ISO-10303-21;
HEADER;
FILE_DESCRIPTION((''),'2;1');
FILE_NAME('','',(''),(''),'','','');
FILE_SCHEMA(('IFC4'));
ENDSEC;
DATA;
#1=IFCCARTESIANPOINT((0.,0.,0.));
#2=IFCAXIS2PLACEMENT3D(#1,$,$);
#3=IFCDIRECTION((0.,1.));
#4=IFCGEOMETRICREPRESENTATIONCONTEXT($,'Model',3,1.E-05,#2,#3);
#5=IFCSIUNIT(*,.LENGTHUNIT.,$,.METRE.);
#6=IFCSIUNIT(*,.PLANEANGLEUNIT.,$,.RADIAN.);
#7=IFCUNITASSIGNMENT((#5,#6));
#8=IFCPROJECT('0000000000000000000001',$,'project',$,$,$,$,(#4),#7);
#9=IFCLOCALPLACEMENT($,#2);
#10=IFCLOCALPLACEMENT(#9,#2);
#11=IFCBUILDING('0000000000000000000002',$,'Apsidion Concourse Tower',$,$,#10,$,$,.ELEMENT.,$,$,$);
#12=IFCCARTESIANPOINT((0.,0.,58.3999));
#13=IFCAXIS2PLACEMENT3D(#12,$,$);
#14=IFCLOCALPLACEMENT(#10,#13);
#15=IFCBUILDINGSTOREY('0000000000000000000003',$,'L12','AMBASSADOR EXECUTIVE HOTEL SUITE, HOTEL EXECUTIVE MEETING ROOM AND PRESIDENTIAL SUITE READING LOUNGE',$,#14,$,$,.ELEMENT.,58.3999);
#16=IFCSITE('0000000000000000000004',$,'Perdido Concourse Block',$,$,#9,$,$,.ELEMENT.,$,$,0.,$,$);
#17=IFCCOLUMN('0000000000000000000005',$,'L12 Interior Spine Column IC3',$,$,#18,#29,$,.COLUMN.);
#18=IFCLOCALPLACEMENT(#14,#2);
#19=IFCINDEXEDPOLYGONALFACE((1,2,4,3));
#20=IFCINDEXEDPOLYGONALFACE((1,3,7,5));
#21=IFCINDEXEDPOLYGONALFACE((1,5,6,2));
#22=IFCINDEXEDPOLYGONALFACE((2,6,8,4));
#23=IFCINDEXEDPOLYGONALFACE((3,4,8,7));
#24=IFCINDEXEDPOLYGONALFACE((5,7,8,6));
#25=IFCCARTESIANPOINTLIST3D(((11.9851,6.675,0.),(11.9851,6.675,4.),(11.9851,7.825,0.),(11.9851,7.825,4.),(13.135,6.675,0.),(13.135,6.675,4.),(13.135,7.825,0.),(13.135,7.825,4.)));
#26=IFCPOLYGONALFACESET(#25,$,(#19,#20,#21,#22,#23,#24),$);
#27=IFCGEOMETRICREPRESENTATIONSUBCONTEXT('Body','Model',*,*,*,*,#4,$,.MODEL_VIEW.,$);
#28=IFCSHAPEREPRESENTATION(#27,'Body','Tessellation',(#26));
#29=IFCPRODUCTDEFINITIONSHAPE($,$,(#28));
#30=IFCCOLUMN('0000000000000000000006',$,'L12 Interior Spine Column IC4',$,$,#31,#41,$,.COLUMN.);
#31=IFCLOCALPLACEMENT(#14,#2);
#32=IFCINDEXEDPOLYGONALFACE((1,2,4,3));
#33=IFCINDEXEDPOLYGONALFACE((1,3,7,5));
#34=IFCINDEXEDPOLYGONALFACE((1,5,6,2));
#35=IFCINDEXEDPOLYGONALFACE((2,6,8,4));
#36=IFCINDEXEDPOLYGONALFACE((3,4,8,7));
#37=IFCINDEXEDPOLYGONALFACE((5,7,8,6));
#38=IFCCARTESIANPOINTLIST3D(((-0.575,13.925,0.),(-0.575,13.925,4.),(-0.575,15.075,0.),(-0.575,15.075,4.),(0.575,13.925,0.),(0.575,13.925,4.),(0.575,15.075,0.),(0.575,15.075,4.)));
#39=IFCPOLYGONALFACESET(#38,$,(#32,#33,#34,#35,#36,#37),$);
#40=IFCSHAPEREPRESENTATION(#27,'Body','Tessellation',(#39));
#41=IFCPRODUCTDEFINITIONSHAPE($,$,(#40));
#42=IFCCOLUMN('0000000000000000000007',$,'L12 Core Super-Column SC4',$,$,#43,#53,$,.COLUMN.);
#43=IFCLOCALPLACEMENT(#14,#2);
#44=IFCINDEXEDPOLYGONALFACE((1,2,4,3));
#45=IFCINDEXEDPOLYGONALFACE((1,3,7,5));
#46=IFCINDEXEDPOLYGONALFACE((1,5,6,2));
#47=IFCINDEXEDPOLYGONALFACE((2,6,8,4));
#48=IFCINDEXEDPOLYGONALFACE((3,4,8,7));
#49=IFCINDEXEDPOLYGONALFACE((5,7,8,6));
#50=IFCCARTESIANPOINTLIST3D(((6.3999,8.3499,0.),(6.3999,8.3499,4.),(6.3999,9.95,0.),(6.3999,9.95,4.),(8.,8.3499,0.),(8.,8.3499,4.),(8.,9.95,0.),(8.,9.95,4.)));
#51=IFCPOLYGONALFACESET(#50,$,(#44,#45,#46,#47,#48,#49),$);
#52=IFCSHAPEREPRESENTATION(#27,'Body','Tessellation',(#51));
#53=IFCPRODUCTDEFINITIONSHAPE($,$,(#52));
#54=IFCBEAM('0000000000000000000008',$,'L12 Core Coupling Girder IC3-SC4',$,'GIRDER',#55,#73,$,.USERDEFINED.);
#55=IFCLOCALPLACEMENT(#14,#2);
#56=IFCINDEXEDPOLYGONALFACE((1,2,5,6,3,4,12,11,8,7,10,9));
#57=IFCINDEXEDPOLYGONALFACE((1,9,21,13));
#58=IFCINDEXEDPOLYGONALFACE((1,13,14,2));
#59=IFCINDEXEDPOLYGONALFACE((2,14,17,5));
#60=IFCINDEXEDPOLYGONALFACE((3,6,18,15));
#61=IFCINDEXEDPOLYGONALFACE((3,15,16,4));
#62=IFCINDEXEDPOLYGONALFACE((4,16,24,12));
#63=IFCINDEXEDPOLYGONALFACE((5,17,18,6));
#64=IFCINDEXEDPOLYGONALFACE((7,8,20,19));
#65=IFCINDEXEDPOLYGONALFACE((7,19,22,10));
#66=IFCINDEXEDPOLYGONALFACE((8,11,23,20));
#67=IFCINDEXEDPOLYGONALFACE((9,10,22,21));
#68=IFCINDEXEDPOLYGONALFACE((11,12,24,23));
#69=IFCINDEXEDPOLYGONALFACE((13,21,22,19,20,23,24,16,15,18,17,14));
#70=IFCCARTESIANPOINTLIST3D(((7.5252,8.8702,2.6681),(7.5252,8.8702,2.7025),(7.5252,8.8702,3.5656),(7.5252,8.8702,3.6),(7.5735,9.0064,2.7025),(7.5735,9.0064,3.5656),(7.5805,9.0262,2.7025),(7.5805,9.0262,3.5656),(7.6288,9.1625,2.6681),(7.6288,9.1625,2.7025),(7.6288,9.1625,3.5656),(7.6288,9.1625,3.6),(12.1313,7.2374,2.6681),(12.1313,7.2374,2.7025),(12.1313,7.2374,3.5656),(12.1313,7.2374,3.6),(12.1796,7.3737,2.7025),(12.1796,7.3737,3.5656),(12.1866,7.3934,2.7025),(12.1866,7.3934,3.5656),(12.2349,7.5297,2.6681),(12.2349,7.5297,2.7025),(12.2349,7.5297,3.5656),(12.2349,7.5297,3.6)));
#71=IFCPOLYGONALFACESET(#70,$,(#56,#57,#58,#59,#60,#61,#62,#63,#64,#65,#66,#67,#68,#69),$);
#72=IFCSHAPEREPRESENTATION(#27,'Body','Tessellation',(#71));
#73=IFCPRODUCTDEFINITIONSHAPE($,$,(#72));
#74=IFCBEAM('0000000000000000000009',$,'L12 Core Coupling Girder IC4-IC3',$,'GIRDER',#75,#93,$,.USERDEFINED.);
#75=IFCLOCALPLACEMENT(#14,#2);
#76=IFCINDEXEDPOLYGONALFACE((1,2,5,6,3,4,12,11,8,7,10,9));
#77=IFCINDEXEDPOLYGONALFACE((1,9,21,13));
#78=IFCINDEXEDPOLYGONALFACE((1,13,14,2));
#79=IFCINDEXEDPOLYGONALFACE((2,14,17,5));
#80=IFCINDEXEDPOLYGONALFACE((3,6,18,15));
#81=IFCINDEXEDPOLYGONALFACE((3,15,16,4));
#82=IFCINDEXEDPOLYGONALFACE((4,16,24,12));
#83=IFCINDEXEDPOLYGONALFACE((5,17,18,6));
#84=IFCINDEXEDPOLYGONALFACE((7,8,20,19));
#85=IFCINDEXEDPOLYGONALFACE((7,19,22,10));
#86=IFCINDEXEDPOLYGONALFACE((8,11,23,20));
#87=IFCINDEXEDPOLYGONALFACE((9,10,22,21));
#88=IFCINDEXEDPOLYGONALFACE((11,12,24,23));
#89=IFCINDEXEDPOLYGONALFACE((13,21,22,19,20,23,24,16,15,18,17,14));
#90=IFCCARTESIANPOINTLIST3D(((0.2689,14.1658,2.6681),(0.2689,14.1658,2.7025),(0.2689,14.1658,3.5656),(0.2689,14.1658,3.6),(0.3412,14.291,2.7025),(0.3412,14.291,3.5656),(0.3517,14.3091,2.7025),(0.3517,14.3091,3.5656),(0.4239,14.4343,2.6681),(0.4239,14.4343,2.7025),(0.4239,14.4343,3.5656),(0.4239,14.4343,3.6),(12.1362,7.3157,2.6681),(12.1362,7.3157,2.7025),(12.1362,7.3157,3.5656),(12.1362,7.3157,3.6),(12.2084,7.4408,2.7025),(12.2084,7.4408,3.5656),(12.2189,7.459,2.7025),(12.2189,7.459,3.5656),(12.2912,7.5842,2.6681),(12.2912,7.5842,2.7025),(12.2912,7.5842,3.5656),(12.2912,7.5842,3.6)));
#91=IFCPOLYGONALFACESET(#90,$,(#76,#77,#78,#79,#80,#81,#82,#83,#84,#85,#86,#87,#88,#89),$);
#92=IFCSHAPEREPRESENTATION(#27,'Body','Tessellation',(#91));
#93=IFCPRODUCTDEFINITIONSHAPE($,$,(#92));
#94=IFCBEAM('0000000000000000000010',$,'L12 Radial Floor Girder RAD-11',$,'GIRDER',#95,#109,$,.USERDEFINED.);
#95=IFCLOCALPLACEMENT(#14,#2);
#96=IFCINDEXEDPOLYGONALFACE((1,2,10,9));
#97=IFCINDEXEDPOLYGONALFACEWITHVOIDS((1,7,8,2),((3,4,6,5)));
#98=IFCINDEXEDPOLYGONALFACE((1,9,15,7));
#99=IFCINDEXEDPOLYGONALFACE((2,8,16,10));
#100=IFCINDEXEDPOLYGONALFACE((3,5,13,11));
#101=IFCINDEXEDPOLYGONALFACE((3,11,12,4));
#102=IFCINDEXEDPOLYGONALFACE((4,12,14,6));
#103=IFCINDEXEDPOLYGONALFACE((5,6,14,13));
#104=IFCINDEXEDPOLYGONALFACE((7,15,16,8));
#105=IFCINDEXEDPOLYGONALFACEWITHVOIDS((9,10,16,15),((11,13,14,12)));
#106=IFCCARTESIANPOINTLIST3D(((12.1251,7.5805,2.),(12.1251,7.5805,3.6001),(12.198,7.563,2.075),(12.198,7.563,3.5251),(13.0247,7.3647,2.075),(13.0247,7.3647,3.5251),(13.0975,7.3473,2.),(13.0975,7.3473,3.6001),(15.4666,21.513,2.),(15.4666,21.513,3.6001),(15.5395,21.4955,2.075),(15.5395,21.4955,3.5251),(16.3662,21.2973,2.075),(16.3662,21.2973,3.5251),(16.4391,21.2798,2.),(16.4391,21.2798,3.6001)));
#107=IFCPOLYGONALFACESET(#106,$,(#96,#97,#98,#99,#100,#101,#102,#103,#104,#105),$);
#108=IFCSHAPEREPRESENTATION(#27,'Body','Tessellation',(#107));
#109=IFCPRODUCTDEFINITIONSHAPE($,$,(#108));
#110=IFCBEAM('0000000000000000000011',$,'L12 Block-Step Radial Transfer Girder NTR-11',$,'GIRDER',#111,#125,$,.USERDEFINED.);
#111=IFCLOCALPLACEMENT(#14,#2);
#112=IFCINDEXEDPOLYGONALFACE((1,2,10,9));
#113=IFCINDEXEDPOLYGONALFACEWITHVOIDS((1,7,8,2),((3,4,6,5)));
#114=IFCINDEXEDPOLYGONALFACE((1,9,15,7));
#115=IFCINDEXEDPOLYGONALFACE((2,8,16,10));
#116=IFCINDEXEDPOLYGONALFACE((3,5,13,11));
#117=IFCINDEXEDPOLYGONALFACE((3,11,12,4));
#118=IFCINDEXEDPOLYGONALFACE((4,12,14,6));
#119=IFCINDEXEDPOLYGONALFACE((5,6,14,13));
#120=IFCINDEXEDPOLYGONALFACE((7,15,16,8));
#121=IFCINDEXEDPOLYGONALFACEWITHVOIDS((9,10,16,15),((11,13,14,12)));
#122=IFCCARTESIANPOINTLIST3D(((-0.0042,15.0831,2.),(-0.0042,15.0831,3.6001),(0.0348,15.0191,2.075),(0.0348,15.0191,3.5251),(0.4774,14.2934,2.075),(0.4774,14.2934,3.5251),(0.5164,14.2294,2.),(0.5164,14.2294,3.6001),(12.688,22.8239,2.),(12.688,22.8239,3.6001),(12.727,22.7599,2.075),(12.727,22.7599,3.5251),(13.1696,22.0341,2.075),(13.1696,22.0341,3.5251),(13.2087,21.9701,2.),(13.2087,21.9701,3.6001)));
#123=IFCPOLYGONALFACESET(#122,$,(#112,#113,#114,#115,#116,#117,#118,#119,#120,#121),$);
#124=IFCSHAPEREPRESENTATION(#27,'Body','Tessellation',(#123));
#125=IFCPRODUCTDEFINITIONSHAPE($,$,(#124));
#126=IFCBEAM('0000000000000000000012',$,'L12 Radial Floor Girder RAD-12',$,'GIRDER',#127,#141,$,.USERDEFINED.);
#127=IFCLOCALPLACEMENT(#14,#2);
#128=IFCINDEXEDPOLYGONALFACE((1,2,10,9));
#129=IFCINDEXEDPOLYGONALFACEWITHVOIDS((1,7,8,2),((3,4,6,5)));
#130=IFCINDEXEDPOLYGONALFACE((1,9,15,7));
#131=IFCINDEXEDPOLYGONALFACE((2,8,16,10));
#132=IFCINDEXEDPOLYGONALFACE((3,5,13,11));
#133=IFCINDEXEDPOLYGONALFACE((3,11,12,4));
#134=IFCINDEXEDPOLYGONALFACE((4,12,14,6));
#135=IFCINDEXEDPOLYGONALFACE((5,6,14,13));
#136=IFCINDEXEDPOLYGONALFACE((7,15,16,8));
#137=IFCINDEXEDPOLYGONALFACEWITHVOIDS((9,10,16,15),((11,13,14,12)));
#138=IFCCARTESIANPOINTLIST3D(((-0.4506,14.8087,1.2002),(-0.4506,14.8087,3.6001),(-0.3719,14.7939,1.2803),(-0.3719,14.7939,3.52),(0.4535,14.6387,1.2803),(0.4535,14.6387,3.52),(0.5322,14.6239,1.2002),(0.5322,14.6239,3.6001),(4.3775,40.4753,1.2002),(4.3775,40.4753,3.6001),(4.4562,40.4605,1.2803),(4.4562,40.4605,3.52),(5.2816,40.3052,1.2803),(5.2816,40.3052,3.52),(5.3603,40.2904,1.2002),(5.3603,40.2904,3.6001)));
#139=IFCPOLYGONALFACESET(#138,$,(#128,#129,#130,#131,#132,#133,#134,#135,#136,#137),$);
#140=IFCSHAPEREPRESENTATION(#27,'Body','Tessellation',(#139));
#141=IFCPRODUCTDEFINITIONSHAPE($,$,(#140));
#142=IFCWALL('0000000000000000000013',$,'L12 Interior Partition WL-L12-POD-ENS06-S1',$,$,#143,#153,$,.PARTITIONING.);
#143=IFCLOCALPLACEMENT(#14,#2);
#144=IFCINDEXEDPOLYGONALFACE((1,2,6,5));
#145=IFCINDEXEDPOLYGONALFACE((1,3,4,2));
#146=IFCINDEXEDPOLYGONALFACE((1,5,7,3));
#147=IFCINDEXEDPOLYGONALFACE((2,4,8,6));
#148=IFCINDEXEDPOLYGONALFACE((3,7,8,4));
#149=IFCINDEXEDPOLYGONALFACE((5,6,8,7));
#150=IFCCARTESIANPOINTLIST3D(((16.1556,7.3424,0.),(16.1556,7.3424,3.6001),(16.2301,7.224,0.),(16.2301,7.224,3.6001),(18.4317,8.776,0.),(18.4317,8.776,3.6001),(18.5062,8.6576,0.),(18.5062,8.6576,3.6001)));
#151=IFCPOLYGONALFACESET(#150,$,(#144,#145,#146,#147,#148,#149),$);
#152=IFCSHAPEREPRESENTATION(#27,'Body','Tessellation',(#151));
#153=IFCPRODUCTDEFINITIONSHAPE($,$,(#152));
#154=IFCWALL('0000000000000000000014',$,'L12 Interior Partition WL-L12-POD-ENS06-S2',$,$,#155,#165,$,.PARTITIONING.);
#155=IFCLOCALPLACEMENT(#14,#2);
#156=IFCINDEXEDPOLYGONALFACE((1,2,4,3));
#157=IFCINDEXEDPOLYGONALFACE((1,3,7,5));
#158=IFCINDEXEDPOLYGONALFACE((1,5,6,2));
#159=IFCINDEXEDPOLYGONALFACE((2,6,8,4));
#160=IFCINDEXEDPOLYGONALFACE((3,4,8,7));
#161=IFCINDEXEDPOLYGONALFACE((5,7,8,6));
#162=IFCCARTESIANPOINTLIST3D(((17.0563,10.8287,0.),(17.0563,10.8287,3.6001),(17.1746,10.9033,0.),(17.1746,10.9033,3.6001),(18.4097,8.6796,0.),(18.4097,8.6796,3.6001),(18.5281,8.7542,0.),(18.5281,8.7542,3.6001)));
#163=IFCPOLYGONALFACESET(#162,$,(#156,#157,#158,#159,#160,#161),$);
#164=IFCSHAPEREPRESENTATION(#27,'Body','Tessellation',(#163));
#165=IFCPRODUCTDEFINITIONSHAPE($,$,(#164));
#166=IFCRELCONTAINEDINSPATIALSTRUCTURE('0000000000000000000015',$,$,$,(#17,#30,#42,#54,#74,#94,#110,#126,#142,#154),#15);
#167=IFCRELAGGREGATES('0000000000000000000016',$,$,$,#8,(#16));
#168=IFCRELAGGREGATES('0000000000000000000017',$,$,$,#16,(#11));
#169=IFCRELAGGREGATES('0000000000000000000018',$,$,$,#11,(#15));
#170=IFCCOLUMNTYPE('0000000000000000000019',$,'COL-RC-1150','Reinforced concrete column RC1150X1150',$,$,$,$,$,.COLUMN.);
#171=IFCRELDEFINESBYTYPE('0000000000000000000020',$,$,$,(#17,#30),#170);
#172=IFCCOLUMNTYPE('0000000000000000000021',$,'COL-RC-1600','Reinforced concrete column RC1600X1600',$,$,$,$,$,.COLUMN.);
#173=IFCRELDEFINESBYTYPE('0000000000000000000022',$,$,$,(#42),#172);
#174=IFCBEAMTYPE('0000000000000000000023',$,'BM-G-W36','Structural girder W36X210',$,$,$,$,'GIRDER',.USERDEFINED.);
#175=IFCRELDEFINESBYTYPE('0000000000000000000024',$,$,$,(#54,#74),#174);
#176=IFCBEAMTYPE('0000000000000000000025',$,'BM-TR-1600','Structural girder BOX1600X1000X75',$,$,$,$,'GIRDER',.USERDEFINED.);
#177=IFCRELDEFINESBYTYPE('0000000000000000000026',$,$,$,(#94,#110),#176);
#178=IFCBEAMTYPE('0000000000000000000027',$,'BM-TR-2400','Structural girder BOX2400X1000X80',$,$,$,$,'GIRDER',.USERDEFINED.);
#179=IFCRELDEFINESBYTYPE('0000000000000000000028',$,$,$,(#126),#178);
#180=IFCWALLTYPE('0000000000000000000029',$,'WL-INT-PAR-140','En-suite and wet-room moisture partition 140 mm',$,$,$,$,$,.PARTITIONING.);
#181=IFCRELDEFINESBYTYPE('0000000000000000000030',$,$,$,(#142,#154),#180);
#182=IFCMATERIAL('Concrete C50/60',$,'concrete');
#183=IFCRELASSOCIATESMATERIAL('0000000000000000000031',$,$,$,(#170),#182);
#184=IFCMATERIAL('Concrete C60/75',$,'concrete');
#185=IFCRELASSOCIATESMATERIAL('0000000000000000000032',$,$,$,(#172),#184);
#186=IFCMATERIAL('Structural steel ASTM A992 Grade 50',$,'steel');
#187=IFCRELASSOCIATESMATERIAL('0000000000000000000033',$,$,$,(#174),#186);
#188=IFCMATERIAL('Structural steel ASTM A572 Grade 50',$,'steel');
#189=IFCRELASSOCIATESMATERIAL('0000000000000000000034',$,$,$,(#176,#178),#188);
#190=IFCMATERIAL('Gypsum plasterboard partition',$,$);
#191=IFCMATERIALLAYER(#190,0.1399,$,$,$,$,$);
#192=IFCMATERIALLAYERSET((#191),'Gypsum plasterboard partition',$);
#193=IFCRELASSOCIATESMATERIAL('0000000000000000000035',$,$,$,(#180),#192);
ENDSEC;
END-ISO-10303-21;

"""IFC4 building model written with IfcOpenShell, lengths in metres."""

from ifc_helpers import new_model, si_unit, direction, frame, frame_2d, origin, origin_2d, place, context, subcontext, project, spatial, rectangle, hollow_rectangle, i_section, extrude, material, layer, layer_set, material_profile, profile_set, type_object, element, save


model = new_model("IFC4")

# Units and contexts
model_context = context("Model", 3, precision=1e-05, world=origin(), true_north=direction((0.0, 1.0)))
body_context = subcontext(model_context, "Body", "Model", "MODEL_VIEW")
ifc_project = project(units=[si_unit("LENGTHUNIT", "METRE"), si_unit("PLANEANGLEUNIT", "RADIAN")], contexts=[model_context])

# Site, building, storey
site_placement = place(None, origin())
site = spatial("IfcSite", under=ifc_project, at=site_placement, Name="Perdido Concourse Block", CompositionType="ELEMENT", RefElevation=0.0)
building_placement = place(site_placement, origin())
building = spatial("IfcBuilding", under=site, at=building_placement, Name="Apsidion Concourse Tower", CompositionType="ELEMENT")
storey_placement = place(building_placement, frame((0.0, 0.0, 58.3999)))
storey = spatial("IfcBuildingStorey", under=building, at=storey_placement, Name="L12", Description="AMBASSADOR EXECUTIVE HOTEL SUITE, HOTEL EXECUTIVE MEETING ROOM AND PRESIDENTIAL SUITE READING LOUNGE", CompositionType="ELEMENT", Elevation=58.3999)

# Columns
ifc_material_1 = material(Name="Concrete C50/60", Category="concrete")
ifc_material_profile_1 = material_profile(ifc_material_1, rectangle(XDim=1.1499, YDim=1.1499, at=origin_2d()), Name="RC 1150x1150")
ifc_profile_set_1 = profile_set([ifc_material_profile_1], Name="Concrete C50/60")
column_type_1 = type_object("IfcColumnType", Name="COL-RC-1150", Description="Reinforced concrete column RC1150X1150", PredefinedType="COLUMN", material=ifc_profile_set_1)
for number, where, z_axis, x_axis, name in (
    (1, (12.5601, 7.25, 0.0), (0.0, 0.0, 1.0), (1.0, 0.0, 0.0), "L12 Interior Spine Column IC3"),
    (2, (0.0, 14.5, 0.0), (0.0, 0.0, 1.0), (1.0, 0.0, 0.0), "L12 Interior Spine Column IC4"),
):
    element("IfcColumn", number, at=place(storey_placement, frame(where, z_axis=z_axis, x_axis=x_axis)), inside=storey, type_object=column_type_1, Name=name, PredefinedType="COLUMN", context=body_context, shape_type="SweptSolid", body=[
        extrude(rectangle(XDim=1.1499, YDim=1.1499, at=origin_2d()), origin(), (0.0, 0.0, 1.0), 4.0),
    ])
ifc_material_2 = material(Name="Concrete C60/75", Category="concrete")
ifc_material_profile_2 = material_profile(ifc_material_2, rectangle(XDim=1.6001, YDim=1.6001, at=origin_2d()), Name="RC 1600x1600")
ifc_profile_set_2 = profile_set([ifc_material_profile_2], Name="Concrete C60/75")
column_type_2 = type_object("IfcColumnType", Name="COL-RC-1600", Description="Reinforced concrete column RC1600X1600", PredefinedType="COLUMN", material=ifc_profile_set_2)
column_placement = place(storey_placement, frame((7.2, 9.1499, 0.0), z_axis=(0.0, 0.0, 1.0), x_axis=(1.0, 0.0, 0.0)))
element("IfcColumn", 3, at=column_placement, inside=storey, type_object=column_type_2, Name="L12 Core Super-Column SC4", PredefinedType="COLUMN", context=body_context, shape_type="SweptSolid", body=[
    extrude(rectangle(XDim=1.6001, YDim=1.6001, at=origin_2d()), origin(), (0.0, 0.0, 1.0), 4.0),
])

# Beams
ifc_material_3 = material(Name="Structural steel ASTM A992 Grade 50", Category="steel")
ifc_material_profile_3 = material_profile(ifc_material_3, i_section(OverallWidth=0.3101, OverallDepth=0.9319, WebThickness=0.021, FlangeThickness=0.0344, at=origin_2d()), Name="W36X210")
ifc_profile_set_3 = profile_set([ifc_material_profile_3], Name="Structural steel ASTM A992 Grade 50")
beam_type_1 = type_object("IfcBeamType", Name="BM-G-W36", Description="Structural girder W36X210", ElementType="GIRDER", PredefinedType="USERDEFINED", material=ifc_profile_set_3)
beam_1_placement = place(storey_placement, frame((12.1831, 7.3835, 3.134), z_axis=(-0.942534, 0.334111, 0.0), x_axis=(-0.334111, -0.942534, 0.0)))
element("IfcBeam", 4, at=beam_1_placement, inside=storey, type_object=beam_type_1, Name="L12 Core Coupling Girder IC3-SC4", ObjectType="GIRDER", PredefinedType="USERDEFINED", context=body_context, shape_type="SweptSolid", body=[
    extrude(i_section(OverallWidth=0.3101, OverallDepth=0.9319, WebThickness=0.021, FlangeThickness=0.0344, at=origin_2d()), origin(), (0.0, 0.0, 1.0), 4.887),
])
beam_2_placement = place(storey_placement, frame((0.3464, 14.3, 3.134), z_axis=(0.86607, -0.499922, 0.0), x_axis=(0.499922, 0.86607, 0.0)))
element("IfcBeam", 5, at=beam_2_placement, inside=storey, type_object=beam_type_1, Name="L12 Core Coupling Girder IC4-IC3", ObjectType="GIRDER", PredefinedType="USERDEFINED", context=body_context, shape_type="SweptSolid", body=[
    extrude(i_section(OverallWidth=0.3101, OverallDepth=0.9319, WebThickness=0.021, FlangeThickness=0.0344, at=origin_2d()), origin(), (0.0, 0.0, 1.0), 13.7024),
])
ifc_material_4 = material(Name="Structural steel ASTM A572 Grade 50", Category="steel")
ifc_material_profile_4 = material_profile(ifc_material_4, hollow_rectangle(XDim=1.0, YDim=1.6001, WallThickness=0.075, at=origin_2d()), Name="BOX1600X1000X75")
ifc_profile_set_4 = profile_set([ifc_material_profile_4], Name="Structural steel ASTM A572 Grade 50")
beam_type_2 = type_object("IfcBeamType", Name="BM-TR-1600", Description="Structural girder BOX1600X1000X75", ElementType="GIRDER", PredefinedType="USERDEFINED", material=ifc_profile_set_4)
beam_3_placement = place(storey_placement, frame((12.6113, 7.4639, 2.8), z_axis=(0.233223, 0.972423, 0.0), x_axis=(-0.972423, 0.233223, 0.0)))
element("IfcBeam", 6, at=beam_3_placement, inside=storey, type_object=beam_type_2, Name="L12 Radial Floor Girder RAD-11", ObjectType="GIRDER", PredefinedType="USERDEFINED", context=body_context, shape_type="SweptSolid", body=[
    extrude(hollow_rectangle(XDim=1.0, YDim=1.6001, WallThickness=0.075, at=origin_2d()), origin(), (0.0, 0.0, 1.0), 14.3276),
])
beam_4_placement = place(storey_placement, frame((0.2561, 14.6562, 2.8), z_axis=(0.853748, 0.520687, 0.0), x_axis=(-0.520687, 0.853748, 0.0)))
element("IfcBeam", 7, at=beam_4_placement, inside=storey, type_object=beam_type_2, Name="L12 Block-Step Radial Transfer Girder NTR-11", ObjectType="GIRDER", PredefinedType="USERDEFINED", context=body_context, shape_type="SweptSolid", body=[
    extrude(hollow_rectangle(XDim=1.0, YDim=1.6001, WallThickness=0.075, at=origin_2d()), origin(), (0.0, 0.0, 1.0), 14.8665),
])
ifc_material_profile_5 = material_profile(ifc_material_4, hollow_rectangle(XDim=1.0, YDim=2.3999, WallThickness=0.0801, at=origin_2d()), Name="BOX2400X1000X80")
ifc_profile_set_5 = profile_set([ifc_material_profile_5], Name="Structural steel ASTM A572 Grade 50")
beam_type_3 = type_object("IfcBeamType", Name="BM-TR-2400", Description="Structural girder BOX2400X1000X80", ElementType="GIRDER", PredefinedType="USERDEFINED", material=ifc_profile_set_5)
beam_5_placement = place(storey_placement, frame((0.0408, 14.7163, 2.4001), z_axis=(0.184868, 0.982763, 0.0), x_axis=(-0.982763, 0.184868, 0.0)))
element("IfcBeam", 8, at=beam_5_placement, inside=storey, type_object=beam_type_3, Name="L12 Radial Floor Girder RAD-12", ObjectType="GIRDER", PredefinedType="USERDEFINED", context=body_context, shape_type="SweptSolid", body=[
    extrude(hollow_rectangle(XDim=1.0, YDim=2.3999, WallThickness=0.0801, at=origin_2d()), origin(), (0.0, 0.0, 1.0), 26.1167),
])

# Walls
ifc_material_5 = material(Name="Gypsum plasterboard partition")
ifc_layer_1 = layer(ifc_material_5, 0.1399)
ifc_layer_set_1 = layer_set([ifc_layer_1], Name="Gypsum plasterboard partition")
wall_type_1 = type_object("IfcWallType", Name="WL-INT-PAR-140", Description="En-suite and wet-room moisture partition 140 mm", PredefinedType="PARTITIONING", material=ifc_layer_set_1)
wall_1_placement = place(storey_placement, frame((16.1929, 7.2832, 0.0), z_axis=(0.0, 0.0, 1.0), x_axis=(0.846153, 0.532941, 0.0)))
element("IfcWall", 9, at=wall_1_placement, inside=storey, type_object=wall_type_1, Name="L12 Interior Partition WL-L12-POD-ENS06-S1", PredefinedType="PARTITIONING", context=body_context, shape_type="SweptSolid", body=[
    extrude(rectangle(XDim=2.6899, YDim=0.1399, at=frame_2d((1.345, 0.0))), origin(), (0.0, 0.0, 1.0), 3.6001),
])
wall_2_placement = place(storey_placement, frame((18.469, 8.7168, 0.0), z_axis=(0.0, 0.0, 1.0), x_axis=(-0.532908, 0.846173, 0.0)))
element("IfcWall", 10, at=wall_2_placement, inside=storey, type_object=wall_type_1, Name="L12 Interior Partition WL-L12-POD-ENS06-S2", PredefinedType="PARTITIONING", context=body_context, shape_type="SweptSolid", body=[
    extrude(rectangle(XDim=2.5398, YDim=0.1399, at=frame_2d((1.27, 0.0))), origin(), (0.0, 0.0, 1.0), 3.6001),
])

save(model, "model.ifc")
